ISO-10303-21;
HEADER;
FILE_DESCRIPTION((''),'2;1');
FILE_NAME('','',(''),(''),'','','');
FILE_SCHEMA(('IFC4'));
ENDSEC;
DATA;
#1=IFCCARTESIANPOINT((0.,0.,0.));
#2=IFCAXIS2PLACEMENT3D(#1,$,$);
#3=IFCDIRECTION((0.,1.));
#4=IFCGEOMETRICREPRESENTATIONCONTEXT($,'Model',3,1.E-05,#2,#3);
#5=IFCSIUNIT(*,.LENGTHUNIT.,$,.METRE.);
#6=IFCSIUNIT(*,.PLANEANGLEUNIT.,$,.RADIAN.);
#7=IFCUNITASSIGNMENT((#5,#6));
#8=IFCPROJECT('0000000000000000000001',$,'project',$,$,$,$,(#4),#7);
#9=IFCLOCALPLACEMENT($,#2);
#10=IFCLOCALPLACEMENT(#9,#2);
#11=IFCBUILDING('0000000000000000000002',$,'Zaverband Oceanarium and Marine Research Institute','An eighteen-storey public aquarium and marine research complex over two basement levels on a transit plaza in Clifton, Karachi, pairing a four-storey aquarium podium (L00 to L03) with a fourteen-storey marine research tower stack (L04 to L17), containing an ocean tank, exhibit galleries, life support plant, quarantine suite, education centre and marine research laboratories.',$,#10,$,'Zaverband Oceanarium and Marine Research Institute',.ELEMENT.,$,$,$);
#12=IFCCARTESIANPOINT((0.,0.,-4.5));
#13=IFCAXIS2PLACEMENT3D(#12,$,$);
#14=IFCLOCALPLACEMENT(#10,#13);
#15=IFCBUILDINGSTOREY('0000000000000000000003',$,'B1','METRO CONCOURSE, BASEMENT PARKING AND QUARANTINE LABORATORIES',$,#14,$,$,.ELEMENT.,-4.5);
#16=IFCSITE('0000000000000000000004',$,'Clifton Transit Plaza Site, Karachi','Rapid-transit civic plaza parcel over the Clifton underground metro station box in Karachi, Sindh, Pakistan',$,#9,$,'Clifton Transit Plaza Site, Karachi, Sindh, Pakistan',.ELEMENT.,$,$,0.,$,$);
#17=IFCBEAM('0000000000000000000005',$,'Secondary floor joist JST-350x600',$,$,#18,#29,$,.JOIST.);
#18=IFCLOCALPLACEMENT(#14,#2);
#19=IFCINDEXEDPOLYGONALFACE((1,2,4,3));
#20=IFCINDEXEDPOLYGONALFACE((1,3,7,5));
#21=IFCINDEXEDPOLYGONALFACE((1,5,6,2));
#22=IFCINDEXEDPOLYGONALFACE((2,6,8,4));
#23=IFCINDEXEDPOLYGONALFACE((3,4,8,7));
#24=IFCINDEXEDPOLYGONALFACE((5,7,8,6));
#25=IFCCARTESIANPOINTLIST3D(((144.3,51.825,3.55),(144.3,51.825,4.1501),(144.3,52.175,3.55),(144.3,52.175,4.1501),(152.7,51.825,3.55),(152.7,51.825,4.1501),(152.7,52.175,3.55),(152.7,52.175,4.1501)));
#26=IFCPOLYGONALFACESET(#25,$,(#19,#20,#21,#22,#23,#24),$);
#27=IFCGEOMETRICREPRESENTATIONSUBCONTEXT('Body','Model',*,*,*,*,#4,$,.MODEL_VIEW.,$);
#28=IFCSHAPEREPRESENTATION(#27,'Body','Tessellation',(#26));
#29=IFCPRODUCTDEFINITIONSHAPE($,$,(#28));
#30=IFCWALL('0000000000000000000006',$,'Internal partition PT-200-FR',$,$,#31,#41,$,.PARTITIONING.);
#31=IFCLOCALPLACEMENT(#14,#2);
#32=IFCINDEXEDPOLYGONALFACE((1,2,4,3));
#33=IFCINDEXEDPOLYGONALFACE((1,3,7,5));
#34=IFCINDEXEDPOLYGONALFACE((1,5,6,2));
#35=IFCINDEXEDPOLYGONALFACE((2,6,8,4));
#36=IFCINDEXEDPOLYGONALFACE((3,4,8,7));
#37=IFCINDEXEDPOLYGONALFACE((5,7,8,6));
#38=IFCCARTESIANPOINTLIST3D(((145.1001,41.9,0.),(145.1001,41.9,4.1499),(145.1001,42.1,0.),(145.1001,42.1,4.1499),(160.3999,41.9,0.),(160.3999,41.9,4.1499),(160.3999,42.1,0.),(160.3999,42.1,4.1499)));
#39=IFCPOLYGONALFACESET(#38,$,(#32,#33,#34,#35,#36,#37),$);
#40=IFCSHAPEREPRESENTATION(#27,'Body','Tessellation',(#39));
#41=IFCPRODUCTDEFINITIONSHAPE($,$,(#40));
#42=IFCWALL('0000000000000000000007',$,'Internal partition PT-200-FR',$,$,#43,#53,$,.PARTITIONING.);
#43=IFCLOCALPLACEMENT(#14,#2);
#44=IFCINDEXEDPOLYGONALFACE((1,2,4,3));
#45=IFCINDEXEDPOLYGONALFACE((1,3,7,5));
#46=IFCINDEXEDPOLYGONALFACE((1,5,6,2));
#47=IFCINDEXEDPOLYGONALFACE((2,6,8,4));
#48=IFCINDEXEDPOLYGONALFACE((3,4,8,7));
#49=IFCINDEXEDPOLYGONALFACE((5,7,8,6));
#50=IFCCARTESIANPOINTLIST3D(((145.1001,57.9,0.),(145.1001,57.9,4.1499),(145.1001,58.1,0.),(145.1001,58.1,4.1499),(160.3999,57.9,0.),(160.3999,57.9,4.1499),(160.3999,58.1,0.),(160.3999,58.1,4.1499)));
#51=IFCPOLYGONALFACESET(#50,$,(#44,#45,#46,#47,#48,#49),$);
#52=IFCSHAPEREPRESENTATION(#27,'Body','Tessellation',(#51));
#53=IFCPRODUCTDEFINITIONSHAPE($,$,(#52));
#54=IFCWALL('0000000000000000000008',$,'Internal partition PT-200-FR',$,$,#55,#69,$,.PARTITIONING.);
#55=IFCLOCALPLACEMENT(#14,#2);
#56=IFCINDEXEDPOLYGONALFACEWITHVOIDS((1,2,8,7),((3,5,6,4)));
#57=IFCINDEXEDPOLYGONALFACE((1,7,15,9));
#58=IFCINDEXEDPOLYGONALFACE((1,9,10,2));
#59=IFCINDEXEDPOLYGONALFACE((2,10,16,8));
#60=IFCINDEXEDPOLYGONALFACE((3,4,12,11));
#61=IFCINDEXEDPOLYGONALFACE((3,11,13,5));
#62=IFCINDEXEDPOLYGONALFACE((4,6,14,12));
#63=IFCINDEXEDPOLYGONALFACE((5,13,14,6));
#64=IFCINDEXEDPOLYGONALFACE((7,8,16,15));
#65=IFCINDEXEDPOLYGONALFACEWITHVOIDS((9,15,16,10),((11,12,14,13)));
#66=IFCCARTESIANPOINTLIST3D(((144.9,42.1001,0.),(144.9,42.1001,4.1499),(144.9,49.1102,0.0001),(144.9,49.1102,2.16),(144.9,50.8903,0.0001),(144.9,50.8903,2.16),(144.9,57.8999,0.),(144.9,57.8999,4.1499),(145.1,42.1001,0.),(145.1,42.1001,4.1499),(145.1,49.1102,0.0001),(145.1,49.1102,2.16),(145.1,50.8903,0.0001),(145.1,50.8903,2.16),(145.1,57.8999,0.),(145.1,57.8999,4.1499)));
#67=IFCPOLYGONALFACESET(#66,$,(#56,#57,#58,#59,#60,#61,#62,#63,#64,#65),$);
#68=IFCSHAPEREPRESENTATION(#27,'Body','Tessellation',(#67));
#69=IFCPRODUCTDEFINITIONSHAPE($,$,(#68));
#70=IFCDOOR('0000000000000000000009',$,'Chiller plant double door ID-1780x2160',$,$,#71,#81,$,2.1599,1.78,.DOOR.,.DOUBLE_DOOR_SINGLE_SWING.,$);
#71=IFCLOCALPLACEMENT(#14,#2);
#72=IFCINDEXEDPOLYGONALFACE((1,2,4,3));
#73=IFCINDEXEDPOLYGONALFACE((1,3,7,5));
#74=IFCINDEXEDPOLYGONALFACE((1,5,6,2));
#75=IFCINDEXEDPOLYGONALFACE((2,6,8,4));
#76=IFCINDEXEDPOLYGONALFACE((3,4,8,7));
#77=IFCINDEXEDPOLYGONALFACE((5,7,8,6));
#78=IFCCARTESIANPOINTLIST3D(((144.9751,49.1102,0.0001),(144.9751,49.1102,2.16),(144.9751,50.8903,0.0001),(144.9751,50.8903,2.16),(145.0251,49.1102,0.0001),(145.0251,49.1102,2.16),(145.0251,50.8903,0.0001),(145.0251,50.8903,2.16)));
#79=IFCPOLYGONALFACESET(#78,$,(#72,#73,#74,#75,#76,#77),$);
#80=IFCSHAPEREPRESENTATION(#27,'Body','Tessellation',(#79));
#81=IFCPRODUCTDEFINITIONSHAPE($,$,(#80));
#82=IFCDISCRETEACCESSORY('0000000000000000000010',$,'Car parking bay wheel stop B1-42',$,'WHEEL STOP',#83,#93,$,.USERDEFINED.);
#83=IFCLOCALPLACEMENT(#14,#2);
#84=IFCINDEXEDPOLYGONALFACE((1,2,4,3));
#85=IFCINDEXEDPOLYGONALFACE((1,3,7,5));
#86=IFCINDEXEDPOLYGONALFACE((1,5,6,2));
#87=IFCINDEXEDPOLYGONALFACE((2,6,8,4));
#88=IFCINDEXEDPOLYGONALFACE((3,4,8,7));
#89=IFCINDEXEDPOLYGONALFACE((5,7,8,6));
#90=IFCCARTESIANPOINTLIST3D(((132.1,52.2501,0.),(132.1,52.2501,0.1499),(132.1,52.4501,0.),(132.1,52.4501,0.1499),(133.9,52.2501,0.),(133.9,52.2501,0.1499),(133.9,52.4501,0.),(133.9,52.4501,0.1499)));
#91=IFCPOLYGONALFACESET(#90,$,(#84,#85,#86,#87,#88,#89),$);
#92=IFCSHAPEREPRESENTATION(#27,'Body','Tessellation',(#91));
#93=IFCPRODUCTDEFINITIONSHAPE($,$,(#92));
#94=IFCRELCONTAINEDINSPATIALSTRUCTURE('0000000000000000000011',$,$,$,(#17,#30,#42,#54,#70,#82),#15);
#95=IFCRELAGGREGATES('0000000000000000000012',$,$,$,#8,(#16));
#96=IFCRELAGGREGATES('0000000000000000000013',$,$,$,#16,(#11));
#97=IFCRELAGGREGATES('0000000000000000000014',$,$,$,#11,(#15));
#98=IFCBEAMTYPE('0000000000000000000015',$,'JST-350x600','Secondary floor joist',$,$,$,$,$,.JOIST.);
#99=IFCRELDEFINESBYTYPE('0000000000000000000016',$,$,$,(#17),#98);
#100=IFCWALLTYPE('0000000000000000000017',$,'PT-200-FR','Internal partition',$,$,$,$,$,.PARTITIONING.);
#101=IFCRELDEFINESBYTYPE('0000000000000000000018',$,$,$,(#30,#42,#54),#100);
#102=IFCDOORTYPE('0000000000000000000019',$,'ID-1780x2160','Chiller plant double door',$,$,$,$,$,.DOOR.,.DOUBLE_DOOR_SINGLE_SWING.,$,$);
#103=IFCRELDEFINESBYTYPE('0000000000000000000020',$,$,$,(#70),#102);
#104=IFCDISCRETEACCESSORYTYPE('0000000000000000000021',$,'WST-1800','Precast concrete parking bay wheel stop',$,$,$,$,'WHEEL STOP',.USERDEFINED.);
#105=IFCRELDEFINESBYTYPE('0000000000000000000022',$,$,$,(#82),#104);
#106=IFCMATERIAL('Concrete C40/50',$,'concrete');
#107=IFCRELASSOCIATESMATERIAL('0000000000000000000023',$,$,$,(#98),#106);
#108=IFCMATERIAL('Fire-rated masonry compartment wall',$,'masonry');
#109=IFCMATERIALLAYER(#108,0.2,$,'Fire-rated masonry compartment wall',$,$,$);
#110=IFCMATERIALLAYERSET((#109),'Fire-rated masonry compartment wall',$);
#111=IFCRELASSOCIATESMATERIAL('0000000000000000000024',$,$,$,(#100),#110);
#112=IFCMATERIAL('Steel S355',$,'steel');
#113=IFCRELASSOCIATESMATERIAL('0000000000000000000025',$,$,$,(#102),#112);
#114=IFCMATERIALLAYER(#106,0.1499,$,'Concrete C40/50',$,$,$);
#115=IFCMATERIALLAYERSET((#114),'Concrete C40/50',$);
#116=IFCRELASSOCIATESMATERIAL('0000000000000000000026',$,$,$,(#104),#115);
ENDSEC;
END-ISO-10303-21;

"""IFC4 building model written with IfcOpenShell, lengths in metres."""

from ifc_helpers import new_model, si_unit, direction, frame, frame_2d, origin, origin_2d, place, context, subcontext, project, spatial, rectangle, extrude, material, layer, layer_set, material_profile, profile_set, type_object, element, fill, save


model = new_model("IFC4")

# Units and contexts
model_context = context("Model", 3, precision=1e-05, world=origin(), true_north=direction((0.0, 1.0)))
body_context = subcontext(model_context, "Body", "Model", "MODEL_VIEW")
ifc_project = project(units=[si_unit("LENGTHUNIT", "METRE"), si_unit("PLANEANGLEUNIT", "RADIAN")], contexts=[model_context])

# Site, building, storey
site_placement = place(None, origin())
site = spatial("IfcSite", under=ifc_project, at=site_placement, Name="Clifton Transit Plaza Site, Karachi", Description="Rapid-transit civic plaza parcel over the Clifton underground metro station box in Karachi, Sindh, Pakistan", LongName="Clifton Transit Plaza Site, Karachi, Sindh, Pakistan", CompositionType="ELEMENT", RefElevation=0.0)
building_placement = place(site_placement, origin())
building = spatial("IfcBuilding", under=site, at=building_placement, Name="Zaverband Oceanarium and Marine Research Institute", Description="An eighteen-storey public aquarium and marine research complex over two basement levels on a transit plaza in Clifton, Karachi, pairing a four-storey aquarium podium (L00 to L03) with a fourteen-storey marine research tower stack (L04 to L17), containing an ocean tank, exhibit galleries, life support plant, quarantine suite, education centre and marine research laboratories.", LongName="Zaverband Oceanarium and Marine Research Institute", CompositionType="ELEMENT")
storey_placement = place(building_placement, frame((0.0, 0.0, -4.5)))
storey = spatial("IfcBuildingStorey", under=building, at=storey_placement, Name="B1", Description="METRO CONCOURSE, BASEMENT PARKING AND QUARANTINE LABORATORIES", CompositionType="ELEMENT", Elevation=-4.5)

# Beam
ifc_material_1 = material(Name="Concrete C40/50", Category="concrete")
ifc_material_profile_1 = material_profile(ifc_material_1, rectangle(XDim=0.3501, YDim=0.6001, at=origin_2d()), Name="RC350x600")
ifc_profile_set_1 = profile_set([ifc_material_profile_1], Name="Concrete C40/50")
beam_type_1 = type_object("IfcBeamType", Name="JST-350x600", Description="Secondary floor joist", PredefinedType="JOIST", material=ifc_profile_set_1)
for number, where, z_axis, x_axis, name in (
    (1, (144.3, 52.0, 3.8501), (1.0, 0.0, 0.0), (0.0, 1.0, 0.0), "Secondary floor joist JST-350x600"),
):
    element("IfcBeam", number, at=place(storey_placement, frame(where, z_axis=z_axis, x_axis=x_axis)), inside=storey, type_object=beam_type_1, Name=name, PredefinedType="JOIST", context=body_context, shape_type="SweptSolid", body=[
        extrude(rectangle(XDim=0.3501, YDim=0.6001, at=origin_2d()), origin(), (0.0, 0.0, 1.0), 8.3999),
    ])

# Walls
ifc_material_2 = material(Name="Fire-rated masonry compartment wall", Category="masonry")
ifc_layer_1 = layer(ifc_material_2, 0.2, Name="Fire-rated masonry compartment wall")
ifc_layer_set_1 = layer_set([ifc_layer_1], Name="Fire-rated masonry compartment wall")
wall_type = type_object("IfcWallType", Name="PT-200-FR", Description="Internal partition", PredefinedType="PARTITIONING", material=ifc_layer_set_1)
for number, where, z_axis, x_axis, name in (
    (2, (145.1001, 42.0, 0.0), (0.0, 0.0, 1.0), (1.0, 0.0, 0.0), "Internal partition PT-200-FR"),
    (3, (145.1001, 58.0, 0.0), (0.0, 0.0, 1.0), (1.0, 0.0, 0.0), "Internal partition PT-200-FR"),
):
    element("IfcWall", number, at=place(storey_placement, frame(where, z_axis=z_axis, x_axis=x_axis)), inside=storey, type_object=wall_type, Name=name, PredefinedType="PARTITIONING", context=body_context, shape_type="SweptSolid", body=[
        extrude(rectangle(XDim=15.2998, YDim=0.2, at=frame_2d((7.6499, 0.0))), origin(), (0.0, 0.0, 1.0), 4.1499),
    ])

# Wall, opening, door
wall_placement = place(storey_placement, frame((145.0, 42.1001, 0.0), z_axis=(0.0, 0.0, 1.0), x_axis=(0.0, 1.0, 0.0)))
wall = element("IfcWall", 4, at=wall_placement, inside=storey, type_object=wall_type, Name="Internal partition PT-200-FR", PredefinedType="PARTITIONING", context=body_context, shape_type="SweptSolid", body=[
    extrude(rectangle(XDim=15.7998, YDim=0.2, at=frame_2d((7.8999, 0.0))), origin(), (0.0, 0.0, 1.0), 4.1499),
])
opening_placement = place(wall_placement, frame((7.01, 0.0, 0.0)))
opening = element("IfcOpeningElement", 5, at=opening_placement, cuts=wall, PredefinedType="OPENING", context=body_context, shape_type="SweptSolid", body=[
    extrude(rectangle(XDim=1.78, YDim=2.1599, at=frame_2d((0.8901, 1.0801))), frame((0.0, 0.1118, 0.0), z_axis=(0.0, -1.0, 0.0), x_axis=(1.0, 0.0, 0.0)), (0.0, 0.0, 1.0), 0.2239),
])
ifc_material_3 = material(Name="Steel S355", Category="steel")
door_type = type_object("IfcDoorType", Name="ID-1780x2160", Description="Chiller plant double door", OperationType="DOUBLE_DOOR_SINGLE_SWING", PredefinedType="DOOR", material=ifc_material_3)
door_placement = place(opening_placement, origin())
door = element("IfcDoor", 6, at=door_placement, inside=storey, type_object=door_type, Name="Chiller plant double door ID-1780x2160", OperationType="DOUBLE_DOOR_SINGLE_SWING", OverallHeight=2.1599, OverallWidth=1.78, PredefinedType="DOOR", context=body_context, shape_type="SweptSolid", body=[
    extrude(rectangle(XDim=1.78, YDim=2.1599, at=frame_2d((0.8901, 1.0801))), frame((0.0, 0.0249, 0.0), z_axis=(0.0, -1.0, 0.0), x_axis=(1.0, 0.0, 0.0)), (0.0, 0.0, 1.0), 0.05),
])
fill(opening, door)

# Discrete accessory
ifc_layer_2 = layer(ifc_material_1, 0.1499, Name="Concrete C40/50")
ifc_layer_set_2 = layer_set([ifc_layer_2], Name="Concrete C40/50")
discrete_accessory_type = type_object("IfcDiscreteAccessoryType", Name="WST-1800", Description="Precast concrete parking bay wheel stop", ElementType="WHEEL STOP", PredefinedType="USERDEFINED", material=ifc_layer_set_2)
discrete_accessory_placement = place(storey_placement, frame((133.0, 52.3501, 0.0), z_axis=(0.0, 0.0, 1.0), x_axis=(1.0, 0.0, 0.0)))
element("IfcDiscreteAccessory", 7, at=discrete_accessory_placement, inside=storey, type_object=discrete_accessory_type, Name="Car parking bay wheel stop B1-42", ObjectType="WHEEL STOP", PredefinedType="USERDEFINED", context=body_context, shape_type="SweptSolid", body=[
    extrude(rectangle(XDim=1.8, YDim=0.2, at=origin_2d()), origin(), (0.0, 0.0, 1.0), 0.1499),
])

save(model, "model.ifc")
